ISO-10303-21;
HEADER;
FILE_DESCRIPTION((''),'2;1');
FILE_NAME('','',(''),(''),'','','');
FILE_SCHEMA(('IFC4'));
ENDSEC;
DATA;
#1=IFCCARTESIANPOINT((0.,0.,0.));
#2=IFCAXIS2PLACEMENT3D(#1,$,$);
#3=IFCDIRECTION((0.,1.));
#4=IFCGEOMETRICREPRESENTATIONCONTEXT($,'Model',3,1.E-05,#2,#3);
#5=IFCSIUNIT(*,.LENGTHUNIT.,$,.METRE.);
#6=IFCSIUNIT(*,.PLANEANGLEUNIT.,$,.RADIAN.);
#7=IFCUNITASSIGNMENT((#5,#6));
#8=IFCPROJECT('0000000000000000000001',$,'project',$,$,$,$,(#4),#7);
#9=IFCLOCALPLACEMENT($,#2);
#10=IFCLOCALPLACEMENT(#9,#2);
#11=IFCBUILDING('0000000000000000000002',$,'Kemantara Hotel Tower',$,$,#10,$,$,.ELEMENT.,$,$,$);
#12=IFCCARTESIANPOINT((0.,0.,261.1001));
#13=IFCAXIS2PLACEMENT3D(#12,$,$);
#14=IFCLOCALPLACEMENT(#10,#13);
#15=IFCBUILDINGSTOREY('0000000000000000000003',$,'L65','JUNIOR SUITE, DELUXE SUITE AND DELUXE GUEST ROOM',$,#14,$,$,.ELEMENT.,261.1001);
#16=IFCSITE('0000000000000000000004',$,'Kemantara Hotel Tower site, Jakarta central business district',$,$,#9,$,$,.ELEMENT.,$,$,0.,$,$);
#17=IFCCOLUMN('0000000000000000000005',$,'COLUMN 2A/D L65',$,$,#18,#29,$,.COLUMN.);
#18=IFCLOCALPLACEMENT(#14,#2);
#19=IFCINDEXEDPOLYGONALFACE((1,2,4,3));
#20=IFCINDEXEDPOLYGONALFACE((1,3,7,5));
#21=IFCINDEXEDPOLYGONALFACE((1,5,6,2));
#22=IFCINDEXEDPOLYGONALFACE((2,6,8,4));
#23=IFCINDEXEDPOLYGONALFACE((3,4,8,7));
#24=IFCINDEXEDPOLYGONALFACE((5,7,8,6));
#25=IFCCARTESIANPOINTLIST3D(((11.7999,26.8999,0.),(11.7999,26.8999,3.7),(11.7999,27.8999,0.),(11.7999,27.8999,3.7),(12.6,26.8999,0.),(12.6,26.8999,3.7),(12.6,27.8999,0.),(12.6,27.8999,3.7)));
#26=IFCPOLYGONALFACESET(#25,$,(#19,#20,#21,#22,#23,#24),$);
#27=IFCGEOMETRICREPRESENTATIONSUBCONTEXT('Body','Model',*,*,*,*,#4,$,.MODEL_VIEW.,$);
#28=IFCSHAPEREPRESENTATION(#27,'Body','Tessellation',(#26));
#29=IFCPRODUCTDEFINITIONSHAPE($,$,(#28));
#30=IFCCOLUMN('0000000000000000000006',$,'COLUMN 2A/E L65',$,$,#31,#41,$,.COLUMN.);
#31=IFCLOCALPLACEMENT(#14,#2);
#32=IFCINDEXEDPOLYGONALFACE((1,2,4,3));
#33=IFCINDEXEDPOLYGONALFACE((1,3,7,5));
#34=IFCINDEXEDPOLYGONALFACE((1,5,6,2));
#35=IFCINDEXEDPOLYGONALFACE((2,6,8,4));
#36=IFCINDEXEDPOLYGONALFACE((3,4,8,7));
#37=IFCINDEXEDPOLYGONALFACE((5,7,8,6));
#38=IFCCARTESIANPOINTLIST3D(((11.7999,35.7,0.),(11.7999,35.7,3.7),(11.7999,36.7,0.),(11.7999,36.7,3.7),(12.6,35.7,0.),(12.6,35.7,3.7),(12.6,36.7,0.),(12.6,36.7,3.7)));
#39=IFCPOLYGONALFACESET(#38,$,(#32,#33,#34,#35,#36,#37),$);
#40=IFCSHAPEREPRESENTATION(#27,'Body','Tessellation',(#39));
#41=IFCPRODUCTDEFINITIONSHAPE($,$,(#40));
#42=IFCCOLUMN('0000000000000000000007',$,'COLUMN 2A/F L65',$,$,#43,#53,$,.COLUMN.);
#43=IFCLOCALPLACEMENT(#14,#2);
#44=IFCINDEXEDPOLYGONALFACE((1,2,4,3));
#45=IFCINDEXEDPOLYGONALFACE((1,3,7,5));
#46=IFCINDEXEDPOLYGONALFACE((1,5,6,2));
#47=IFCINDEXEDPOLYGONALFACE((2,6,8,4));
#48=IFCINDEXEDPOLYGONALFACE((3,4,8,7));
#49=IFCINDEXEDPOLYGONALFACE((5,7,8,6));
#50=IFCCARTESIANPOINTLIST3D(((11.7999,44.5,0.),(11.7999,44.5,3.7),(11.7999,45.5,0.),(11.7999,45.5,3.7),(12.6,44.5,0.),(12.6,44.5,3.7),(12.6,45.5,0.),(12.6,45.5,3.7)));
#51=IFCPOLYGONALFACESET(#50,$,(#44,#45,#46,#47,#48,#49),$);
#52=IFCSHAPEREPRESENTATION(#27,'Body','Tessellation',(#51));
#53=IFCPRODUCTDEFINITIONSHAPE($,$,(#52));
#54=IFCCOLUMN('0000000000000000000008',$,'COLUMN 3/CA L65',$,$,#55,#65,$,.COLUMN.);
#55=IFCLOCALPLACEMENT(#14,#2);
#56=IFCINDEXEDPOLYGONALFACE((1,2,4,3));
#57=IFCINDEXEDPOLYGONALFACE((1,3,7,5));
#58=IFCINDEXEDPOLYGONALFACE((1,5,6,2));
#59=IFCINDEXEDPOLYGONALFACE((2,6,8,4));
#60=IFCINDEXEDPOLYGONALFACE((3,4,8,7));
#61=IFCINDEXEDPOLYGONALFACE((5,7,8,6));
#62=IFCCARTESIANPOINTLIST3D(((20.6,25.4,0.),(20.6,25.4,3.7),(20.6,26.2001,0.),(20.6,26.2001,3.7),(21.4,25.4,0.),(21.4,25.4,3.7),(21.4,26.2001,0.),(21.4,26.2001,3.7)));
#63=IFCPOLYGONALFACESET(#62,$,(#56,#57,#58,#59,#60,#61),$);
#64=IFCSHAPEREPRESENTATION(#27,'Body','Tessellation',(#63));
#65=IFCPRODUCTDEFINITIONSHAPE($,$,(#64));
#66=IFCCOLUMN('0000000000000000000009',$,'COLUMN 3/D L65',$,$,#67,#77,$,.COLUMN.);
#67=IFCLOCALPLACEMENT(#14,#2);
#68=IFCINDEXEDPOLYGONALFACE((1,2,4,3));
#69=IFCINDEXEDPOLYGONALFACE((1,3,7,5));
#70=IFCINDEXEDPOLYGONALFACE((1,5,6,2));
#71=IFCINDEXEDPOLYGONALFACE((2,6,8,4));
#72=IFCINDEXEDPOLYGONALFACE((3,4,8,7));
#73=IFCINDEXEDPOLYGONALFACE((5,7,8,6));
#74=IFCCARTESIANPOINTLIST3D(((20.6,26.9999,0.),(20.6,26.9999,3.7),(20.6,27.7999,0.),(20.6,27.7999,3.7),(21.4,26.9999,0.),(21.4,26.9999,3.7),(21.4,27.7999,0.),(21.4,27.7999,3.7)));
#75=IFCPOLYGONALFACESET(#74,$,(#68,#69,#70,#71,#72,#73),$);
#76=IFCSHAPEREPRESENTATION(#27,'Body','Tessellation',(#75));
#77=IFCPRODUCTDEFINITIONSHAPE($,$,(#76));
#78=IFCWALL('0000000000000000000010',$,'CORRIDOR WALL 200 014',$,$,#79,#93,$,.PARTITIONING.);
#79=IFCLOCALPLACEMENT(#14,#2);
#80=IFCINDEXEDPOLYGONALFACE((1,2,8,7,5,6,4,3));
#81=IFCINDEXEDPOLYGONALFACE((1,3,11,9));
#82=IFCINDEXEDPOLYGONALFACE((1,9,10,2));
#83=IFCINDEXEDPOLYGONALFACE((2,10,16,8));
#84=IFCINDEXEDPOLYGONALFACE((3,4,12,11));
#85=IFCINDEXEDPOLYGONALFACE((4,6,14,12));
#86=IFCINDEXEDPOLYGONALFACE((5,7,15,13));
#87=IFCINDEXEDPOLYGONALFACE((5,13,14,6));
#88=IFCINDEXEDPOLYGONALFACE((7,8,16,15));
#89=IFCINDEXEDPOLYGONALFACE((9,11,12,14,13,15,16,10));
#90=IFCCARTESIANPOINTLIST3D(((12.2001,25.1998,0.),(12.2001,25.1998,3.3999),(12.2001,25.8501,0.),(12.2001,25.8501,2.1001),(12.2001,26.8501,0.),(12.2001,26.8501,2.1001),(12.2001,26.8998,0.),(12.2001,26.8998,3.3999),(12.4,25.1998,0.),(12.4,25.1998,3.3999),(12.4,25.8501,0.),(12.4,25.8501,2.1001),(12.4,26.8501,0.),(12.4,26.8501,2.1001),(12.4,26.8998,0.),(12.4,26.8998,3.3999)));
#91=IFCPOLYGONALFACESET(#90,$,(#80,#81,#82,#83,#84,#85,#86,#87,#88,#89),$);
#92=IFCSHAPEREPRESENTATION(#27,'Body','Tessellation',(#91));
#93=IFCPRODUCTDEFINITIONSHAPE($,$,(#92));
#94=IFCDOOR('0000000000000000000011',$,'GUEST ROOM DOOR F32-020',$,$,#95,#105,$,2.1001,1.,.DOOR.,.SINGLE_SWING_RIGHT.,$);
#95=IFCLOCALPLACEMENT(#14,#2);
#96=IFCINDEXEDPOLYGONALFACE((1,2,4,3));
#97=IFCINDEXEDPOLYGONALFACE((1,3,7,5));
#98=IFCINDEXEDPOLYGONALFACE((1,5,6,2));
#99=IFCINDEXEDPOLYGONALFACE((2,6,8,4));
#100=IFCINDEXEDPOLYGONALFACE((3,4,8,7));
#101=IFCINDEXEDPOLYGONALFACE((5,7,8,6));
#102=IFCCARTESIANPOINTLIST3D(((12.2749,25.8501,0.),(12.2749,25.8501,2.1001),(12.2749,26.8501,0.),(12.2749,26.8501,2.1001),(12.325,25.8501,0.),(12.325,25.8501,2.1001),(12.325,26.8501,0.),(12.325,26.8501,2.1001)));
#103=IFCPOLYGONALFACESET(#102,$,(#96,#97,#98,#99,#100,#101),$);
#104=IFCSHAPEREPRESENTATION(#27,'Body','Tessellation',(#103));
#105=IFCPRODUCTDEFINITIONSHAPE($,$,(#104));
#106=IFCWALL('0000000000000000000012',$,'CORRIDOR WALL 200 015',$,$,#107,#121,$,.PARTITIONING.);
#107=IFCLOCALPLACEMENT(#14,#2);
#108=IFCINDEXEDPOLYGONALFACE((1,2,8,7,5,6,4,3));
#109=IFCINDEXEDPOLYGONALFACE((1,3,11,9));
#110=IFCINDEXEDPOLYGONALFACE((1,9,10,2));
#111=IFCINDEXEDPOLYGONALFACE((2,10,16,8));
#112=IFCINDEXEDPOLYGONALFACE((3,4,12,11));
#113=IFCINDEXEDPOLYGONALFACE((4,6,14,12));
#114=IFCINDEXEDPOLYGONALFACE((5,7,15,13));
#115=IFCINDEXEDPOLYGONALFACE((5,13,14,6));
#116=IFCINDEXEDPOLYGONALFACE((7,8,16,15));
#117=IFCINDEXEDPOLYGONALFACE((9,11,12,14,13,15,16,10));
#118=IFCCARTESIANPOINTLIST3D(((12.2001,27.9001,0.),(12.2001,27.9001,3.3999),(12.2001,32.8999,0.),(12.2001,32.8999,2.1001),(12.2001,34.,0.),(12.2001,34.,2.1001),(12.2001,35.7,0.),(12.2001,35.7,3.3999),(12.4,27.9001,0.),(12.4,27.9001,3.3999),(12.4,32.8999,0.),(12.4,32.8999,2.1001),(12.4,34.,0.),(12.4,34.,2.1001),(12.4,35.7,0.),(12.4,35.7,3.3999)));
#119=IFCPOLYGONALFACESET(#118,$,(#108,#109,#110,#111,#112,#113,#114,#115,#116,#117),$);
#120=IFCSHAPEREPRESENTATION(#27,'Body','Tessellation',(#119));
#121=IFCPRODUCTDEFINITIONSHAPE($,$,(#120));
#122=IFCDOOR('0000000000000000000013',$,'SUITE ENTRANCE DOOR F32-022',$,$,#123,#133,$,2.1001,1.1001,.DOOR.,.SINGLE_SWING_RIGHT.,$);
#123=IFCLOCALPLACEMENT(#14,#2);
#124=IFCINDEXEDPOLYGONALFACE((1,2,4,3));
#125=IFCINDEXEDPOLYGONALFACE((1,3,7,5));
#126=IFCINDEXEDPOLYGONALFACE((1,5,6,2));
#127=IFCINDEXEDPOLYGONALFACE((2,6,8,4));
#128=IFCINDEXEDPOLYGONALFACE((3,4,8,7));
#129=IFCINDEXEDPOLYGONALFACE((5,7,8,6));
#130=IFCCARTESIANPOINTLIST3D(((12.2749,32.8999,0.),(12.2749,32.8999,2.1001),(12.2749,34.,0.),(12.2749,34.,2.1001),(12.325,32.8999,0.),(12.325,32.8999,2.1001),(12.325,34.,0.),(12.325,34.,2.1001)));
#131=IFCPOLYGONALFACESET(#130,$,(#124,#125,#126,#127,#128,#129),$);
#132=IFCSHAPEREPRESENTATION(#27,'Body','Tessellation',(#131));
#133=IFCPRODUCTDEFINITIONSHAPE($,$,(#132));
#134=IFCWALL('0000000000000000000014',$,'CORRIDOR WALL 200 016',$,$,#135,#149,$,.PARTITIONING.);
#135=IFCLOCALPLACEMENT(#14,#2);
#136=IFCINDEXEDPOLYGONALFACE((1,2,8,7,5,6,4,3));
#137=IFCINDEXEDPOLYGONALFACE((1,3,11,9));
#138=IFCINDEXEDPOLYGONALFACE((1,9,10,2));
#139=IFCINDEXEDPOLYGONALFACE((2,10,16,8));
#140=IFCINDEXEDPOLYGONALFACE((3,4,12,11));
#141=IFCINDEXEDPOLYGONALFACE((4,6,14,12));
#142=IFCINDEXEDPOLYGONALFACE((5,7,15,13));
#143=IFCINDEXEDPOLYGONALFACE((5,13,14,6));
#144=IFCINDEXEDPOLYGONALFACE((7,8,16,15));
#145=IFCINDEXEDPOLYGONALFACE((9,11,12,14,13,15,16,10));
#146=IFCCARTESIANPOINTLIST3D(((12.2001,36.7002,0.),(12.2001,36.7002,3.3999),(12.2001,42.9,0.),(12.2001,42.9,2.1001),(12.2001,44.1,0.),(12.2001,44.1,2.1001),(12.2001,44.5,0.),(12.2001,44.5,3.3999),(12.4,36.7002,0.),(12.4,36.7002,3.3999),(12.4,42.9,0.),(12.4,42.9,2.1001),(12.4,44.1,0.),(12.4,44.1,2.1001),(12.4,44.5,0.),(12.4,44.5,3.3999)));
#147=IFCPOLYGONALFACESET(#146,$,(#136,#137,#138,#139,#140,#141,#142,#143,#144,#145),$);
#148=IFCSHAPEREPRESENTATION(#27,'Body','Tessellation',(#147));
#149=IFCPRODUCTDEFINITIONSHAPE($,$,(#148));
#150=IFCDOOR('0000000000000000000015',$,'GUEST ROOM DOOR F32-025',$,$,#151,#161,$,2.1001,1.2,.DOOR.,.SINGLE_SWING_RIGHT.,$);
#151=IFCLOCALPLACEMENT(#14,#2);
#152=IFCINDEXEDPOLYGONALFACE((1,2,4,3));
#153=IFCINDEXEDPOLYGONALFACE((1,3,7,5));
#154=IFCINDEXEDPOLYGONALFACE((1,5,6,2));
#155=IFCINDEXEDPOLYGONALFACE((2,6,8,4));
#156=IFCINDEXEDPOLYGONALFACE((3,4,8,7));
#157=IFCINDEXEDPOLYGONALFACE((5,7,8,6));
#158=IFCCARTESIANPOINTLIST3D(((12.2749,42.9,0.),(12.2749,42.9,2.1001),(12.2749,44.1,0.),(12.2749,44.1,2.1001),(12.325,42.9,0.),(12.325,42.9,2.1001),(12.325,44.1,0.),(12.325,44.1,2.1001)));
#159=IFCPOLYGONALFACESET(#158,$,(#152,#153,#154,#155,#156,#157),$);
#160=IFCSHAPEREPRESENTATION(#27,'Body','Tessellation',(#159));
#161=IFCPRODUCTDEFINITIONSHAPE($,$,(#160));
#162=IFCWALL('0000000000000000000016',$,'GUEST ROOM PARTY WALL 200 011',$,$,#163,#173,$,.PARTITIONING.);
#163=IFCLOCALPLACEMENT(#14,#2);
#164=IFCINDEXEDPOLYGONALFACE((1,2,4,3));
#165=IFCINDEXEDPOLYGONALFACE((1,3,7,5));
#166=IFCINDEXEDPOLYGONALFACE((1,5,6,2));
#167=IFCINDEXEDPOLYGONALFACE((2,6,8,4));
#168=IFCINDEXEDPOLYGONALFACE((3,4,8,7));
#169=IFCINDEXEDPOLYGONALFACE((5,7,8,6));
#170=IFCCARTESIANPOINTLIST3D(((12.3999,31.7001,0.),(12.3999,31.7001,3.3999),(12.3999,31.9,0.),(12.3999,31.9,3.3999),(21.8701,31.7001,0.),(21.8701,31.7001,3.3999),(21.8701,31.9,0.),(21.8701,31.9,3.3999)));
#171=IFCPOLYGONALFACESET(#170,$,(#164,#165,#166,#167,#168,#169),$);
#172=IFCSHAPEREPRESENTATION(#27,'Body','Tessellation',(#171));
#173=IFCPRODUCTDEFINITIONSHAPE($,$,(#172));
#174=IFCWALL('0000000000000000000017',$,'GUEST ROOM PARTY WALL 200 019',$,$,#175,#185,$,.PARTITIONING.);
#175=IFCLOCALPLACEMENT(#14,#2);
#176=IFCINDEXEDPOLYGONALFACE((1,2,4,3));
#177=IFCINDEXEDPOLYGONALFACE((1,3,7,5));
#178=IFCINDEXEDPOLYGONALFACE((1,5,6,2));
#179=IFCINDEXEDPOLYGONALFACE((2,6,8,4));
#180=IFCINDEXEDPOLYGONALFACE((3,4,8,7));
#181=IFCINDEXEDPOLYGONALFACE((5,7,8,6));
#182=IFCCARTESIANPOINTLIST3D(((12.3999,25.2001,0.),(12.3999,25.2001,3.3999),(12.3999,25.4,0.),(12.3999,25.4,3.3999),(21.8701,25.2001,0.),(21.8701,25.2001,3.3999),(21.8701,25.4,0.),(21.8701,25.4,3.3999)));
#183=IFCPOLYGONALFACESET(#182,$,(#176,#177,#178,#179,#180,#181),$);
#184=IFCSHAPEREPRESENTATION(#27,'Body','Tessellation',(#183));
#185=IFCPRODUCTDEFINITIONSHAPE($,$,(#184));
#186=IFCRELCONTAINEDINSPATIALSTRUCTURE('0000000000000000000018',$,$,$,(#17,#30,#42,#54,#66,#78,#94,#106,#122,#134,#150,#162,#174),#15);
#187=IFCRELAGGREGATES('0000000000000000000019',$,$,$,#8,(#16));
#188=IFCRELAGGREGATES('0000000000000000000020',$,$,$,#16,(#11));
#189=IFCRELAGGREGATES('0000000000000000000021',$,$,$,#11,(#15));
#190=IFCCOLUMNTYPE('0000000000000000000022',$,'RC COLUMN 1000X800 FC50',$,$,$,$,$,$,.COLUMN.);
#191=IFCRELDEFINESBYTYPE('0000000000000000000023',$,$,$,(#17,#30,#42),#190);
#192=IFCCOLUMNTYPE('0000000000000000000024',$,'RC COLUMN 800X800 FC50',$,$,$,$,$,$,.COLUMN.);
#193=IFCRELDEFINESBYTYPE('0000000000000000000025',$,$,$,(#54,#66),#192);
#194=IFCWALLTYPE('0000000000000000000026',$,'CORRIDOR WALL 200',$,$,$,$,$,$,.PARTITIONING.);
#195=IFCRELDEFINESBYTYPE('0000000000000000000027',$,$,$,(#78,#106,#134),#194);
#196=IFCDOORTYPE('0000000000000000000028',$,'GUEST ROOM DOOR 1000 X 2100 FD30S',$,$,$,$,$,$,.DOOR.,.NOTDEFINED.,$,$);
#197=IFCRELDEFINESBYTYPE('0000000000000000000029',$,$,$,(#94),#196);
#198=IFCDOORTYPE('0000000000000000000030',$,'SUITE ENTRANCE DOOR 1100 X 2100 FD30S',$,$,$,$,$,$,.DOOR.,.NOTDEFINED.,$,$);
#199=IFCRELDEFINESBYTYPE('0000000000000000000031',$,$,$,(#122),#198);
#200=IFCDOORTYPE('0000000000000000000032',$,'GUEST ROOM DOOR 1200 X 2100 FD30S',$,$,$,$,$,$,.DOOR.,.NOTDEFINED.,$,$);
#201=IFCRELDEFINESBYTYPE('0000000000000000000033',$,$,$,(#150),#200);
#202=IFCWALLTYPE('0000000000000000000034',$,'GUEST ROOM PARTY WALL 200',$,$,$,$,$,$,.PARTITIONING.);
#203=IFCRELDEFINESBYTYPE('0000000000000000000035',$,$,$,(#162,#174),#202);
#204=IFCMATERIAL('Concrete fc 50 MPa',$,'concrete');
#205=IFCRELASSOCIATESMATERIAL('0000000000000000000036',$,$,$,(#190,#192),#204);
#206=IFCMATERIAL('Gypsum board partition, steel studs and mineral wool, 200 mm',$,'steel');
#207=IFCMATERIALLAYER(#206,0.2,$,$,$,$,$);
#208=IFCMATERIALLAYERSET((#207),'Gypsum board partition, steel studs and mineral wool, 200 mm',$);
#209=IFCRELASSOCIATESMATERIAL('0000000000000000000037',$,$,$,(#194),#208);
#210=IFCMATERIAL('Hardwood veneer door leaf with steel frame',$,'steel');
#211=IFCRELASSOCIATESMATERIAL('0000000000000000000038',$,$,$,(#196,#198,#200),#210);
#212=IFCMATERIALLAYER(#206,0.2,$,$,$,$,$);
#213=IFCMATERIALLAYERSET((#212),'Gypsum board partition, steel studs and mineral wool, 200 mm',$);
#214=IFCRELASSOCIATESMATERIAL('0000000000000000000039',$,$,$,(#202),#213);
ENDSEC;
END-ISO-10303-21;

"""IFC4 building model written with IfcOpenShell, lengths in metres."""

from ifc_helpers import new_model, si_unit, direction, frame, frame_2d, origin, origin_2d, place, context, subcontext, project, spatial, rectangle, extrude, material, layer, layer_set, material_profile, profile_set, type_object, element, fill, save


model = new_model("IFC4")

# Units and contexts
model_context = context("Model", 3, precision=1e-05, world=origin(), true_north=direction((0.0, 1.0)))
body_context = subcontext(model_context, "Body", "Model", "MODEL_VIEW")
ifc_project = project(units=[si_unit("LENGTHUNIT", "METRE"), si_unit("PLANEANGLEUNIT", "RADIAN")], contexts=[model_context])

# Site, building, storey
site_placement = place(None, origin())
site = spatial("IfcSite", under=ifc_project, at=site_placement, Name="Kemantara Hotel Tower site, Jakarta central business district", CompositionType="ELEMENT", RefElevation=0.0)
building_placement = place(site_placement, origin())
building = spatial("IfcBuilding", under=site, at=building_placement, Name="Kemantara Hotel Tower", CompositionType="ELEMENT")
storey_placement = place(building_placement, frame((0.0, 0.0, 261.1001)))
storey = spatial("IfcBuildingStorey", under=building, at=storey_placement, Name="L65", Description="JUNIOR SUITE, DELUXE SUITE AND DELUXE GUEST ROOM", CompositionType="ELEMENT", Elevation=261.1001)

# Columns
ifc_material_1 = material(Name="Concrete fc 50 MPa", Category="concrete")
ifc_material_profile_1 = material_profile(ifc_material_1, rectangle(XDim=1.0, YDim=0.8, at=origin_2d()), Name="RC 1000X800")
ifc_profile_set_1 = profile_set([ifc_material_profile_1], Name="Concrete fc 50 MPa")
column_type_1 = type_object("IfcColumnType", Name="RC COLUMN 1000X800 FC50", PredefinedType="COLUMN", material=ifc_profile_set_1)
for number, where, z_axis, x_axis, name in (
    (1, (12.2, 27.3999, 0.0), (0.0, 0.0, 1.0), (0.0, 1.0, 0.0), "COLUMN 2A/D L65"),
    (2, (12.2, 36.2, 0.0), (0.0, 0.0, 1.0), (0.0, 1.0, 0.0), "COLUMN 2A/E L65"),
    (3, (12.2, 45.0, 0.0), (0.0, 0.0, 1.0), (0.0, 1.0, 0.0), "COLUMN 2A/F L65"),
):
    element("IfcColumn", number, at=place(storey_placement, frame(where, z_axis=z_axis, x_axis=x_axis)), inside=storey, type_object=column_type_1, Name=name, PredefinedType="COLUMN", context=body_context, shape_type="SweptSolid", body=[
        extrude(rectangle(XDim=1.0, YDim=0.8, at=origin_2d()), origin(), (0.0, 0.0, 1.0), 3.7),
    ])
ifc_material_profile_2 = material_profile(ifc_material_1, rectangle(XDim=0.8, YDim=0.8, at=origin_2d()), Name="RC 800X800")
ifc_profile_set_2 = profile_set([ifc_material_profile_2], Name="Concrete fc 50 MPa")
column_type_2 = type_object("IfcColumnType", Name="RC COLUMN 800X800 FC50", PredefinedType="COLUMN", material=ifc_profile_set_2)
for number, where, z_axis, x_axis, name in (
    (4, (21.0, 25.8, 0.0), (0.0, 0.0, 1.0), (1.0, 0.0, 0.0), "COLUMN 3/CA L65"),
    (5, (21.0, 27.3999, 0.0), (0.0, 0.0, 1.0), (1.0, 0.0, 0.0), "COLUMN 3/D L65"),
):
    element("IfcColumn", number, at=place(storey_placement, frame(where, z_axis=z_axis, x_axis=x_axis)), inside=storey, type_object=column_type_2, Name=name, PredefinedType="COLUMN", context=body_context, shape_type="SweptSolid", body=[
        extrude(rectangle(XDim=0.8, YDim=0.8, at=origin_2d()), origin(), (0.0, 0.0, 1.0), 3.7),
    ])

# Walls, openings, doors
ifc_material_2 = material(Name="Gypsum board partition, steel studs and mineral wool, 200 mm", Category="steel")
ifc_layer_1 = layer(ifc_material_2, 0.2)
ifc_layer_set_1 = layer_set([ifc_layer_1], Name="Gypsum board partition, steel studs and mineral wool, 200 mm")
wall_type_1 = type_object("IfcWallType", Name="CORRIDOR WALL 200", PredefinedType="PARTITIONING", material=ifc_layer_set_1)
wall_1_placement = place(storey_placement, frame((12.3, 26.8999, 0.0), z_axis=(0.0, 0.0, 1.0), x_axis=(0.0, -1.0, 0.0)))
wall_1 = element("IfcWall", 6, at=wall_1_placement, inside=storey, type_object=wall_type_1, Name="CORRIDOR WALL 200 014", PredefinedType="PARTITIONING", context=body_context, shape_type="SweptSolid", body=[
    extrude(rectangle(XDim=1.7, YDim=0.2, at=frame_2d((0.8501, 0.0))), origin(), (0.0, 0.0, 1.0), 3.3999),
])
opening_1_placement = place(wall_1_placement, frame((0.0498, 0.0, 0.0)))
opening_1 = element("IfcOpeningElement", 7, at=opening_1_placement, cuts=wall_1, PredefinedType="OPENING", context=body_context, shape_type="SweptSolid", body=[
    extrude(rectangle(XDim=1.0, YDim=2.1001, at=frame_2d((0.5, 1.05))), frame((0.0, 0.1099, 0.0), z_axis=(0.0, -1.0, 0.0), x_axis=(1.0, 0.0, 0.0)), (0.0, 0.0, 1.0), 0.22),
])
ifc_material_3 = material(Name="Hardwood veneer door leaf with steel frame", Category="steel")
door_type_1 = type_object("IfcDoorType", Name="GUEST ROOM DOOR 1000 X 2100 FD30S", OperationType="NOTDEFINED", PredefinedType="DOOR", material=ifc_material_3)
door_1_placement = place(opening_1_placement, origin())
door_1 = element("IfcDoor", 8, at=door_1_placement, inside=storey, type_object=door_type_1, Name="GUEST ROOM DOOR F32-020", OperationType="SINGLE_SWING_RIGHT", OverallHeight=2.1001, OverallWidth=1.0, PredefinedType="DOOR", context=body_context, shape_type="SweptSolid", body=[
    extrude(rectangle(XDim=1.0, YDim=2.1001, at=frame_2d((0.5, 1.05))), frame((0.0, 0.0249, 0.0), z_axis=(0.0, -1.0, 0.0), x_axis=(1.0, 0.0, 0.0)), (0.0, 0.0, 1.0), 0.05),
])
fill(opening_1, door_1)
wall_2_placement = place(storey_placement, frame((12.3, 35.7, 0.0), z_axis=(0.0, 0.0, 1.0), x_axis=(0.0, -1.0, 0.0)))
wall_2 = element("IfcWall", 9, at=wall_2_placement, inside=storey, type_object=wall_type_1, Name="CORRIDOR WALL 200 015", PredefinedType="PARTITIONING", context=body_context, shape_type="SweptSolid", body=[
    extrude(rectangle(XDim=7.7998, YDim=0.2, at=frame_2d((3.8999, 0.0))), origin(), (0.0, 0.0, 1.0), 3.3999),
])
opening_2_placement = place(wall_2_placement, frame((1.7, 0.0, 0.0)))
opening_2 = element("IfcOpeningElement", 10, at=opening_2_placement, cuts=wall_2, PredefinedType="OPENING", context=body_context, shape_type="SweptSolid", body=[
    extrude(rectangle(XDim=1.1001, YDim=2.1001, at=frame_2d((0.55, 1.05))), frame((0.0, 0.1099, 0.0), z_axis=(0.0, -1.0, 0.0), x_axis=(1.0, 0.0, 0.0)), (0.0, 0.0, 1.0), 0.22),
])
door_type_2 = type_object("IfcDoorType", Name="SUITE ENTRANCE DOOR 1100 X 2100 FD30S", OperationType="NOTDEFINED", PredefinedType="DOOR", material=ifc_material_3)
door_2_placement = place(opening_2_placement, origin())
door_2 = element("IfcDoor", 11, at=door_2_placement, inside=storey, type_object=door_type_2, Name="SUITE ENTRANCE DOOR F32-022", OperationType="SINGLE_SWING_RIGHT", OverallHeight=2.1001, OverallWidth=1.1001, PredefinedType="DOOR", context=body_context, shape_type="SweptSolid", body=[
    extrude(rectangle(XDim=1.1001, YDim=2.1001, at=frame_2d((0.55, 1.05))), frame((0.0, 0.0249, 0.0), z_axis=(0.0, -1.0, 0.0), x_axis=(1.0, 0.0, 0.0)), (0.0, 0.0, 1.0), 0.05),
])
fill(opening_2, door_2)
wall_3_placement = place(storey_placement, frame((12.3, 44.5, 0.0), z_axis=(0.0, 0.0, 1.0), x_axis=(0.0, -1.0, 0.0)))
wall_3 = element("IfcWall", 12, at=wall_3_placement, inside=storey, type_object=wall_type_1, Name="CORRIDOR WALL 200 016", PredefinedType="PARTITIONING", context=body_context, shape_type="SweptSolid", body=[
    extrude(rectangle(XDim=7.7998, YDim=0.2, at=frame_2d((3.8999, 0.0))), origin(), (0.0, 0.0, 1.0), 3.3999),
])
opening_3_placement = place(wall_3_placement, frame((0.3999, 0.0, 0.0)))
opening_3 = element("IfcOpeningElement", 13, at=opening_3_placement, cuts=wall_3, PredefinedType="OPENING", context=body_context, shape_type="SweptSolid", body=[
    extrude(rectangle(XDim=1.2, YDim=2.1001, at=frame_2d((0.6001, 1.05))), frame((0.0, 0.1099, 0.0), z_axis=(0.0, -1.0, 0.0), x_axis=(1.0, 0.0, 0.0)), (0.0, 0.0, 1.0), 0.22),
])
door_type_3 = type_object("IfcDoorType", Name="GUEST ROOM DOOR 1200 X 2100 FD30S", OperationType="NOTDEFINED", PredefinedType="DOOR", material=ifc_material_3)
door_3_placement = place(opening_3_placement, origin())
door_3 = element("IfcDoor", 14, at=door_3_placement, inside=storey, type_object=door_type_3, Name="GUEST ROOM DOOR F32-025", OperationType="SINGLE_SWING_RIGHT", OverallHeight=2.1001, OverallWidth=1.2, PredefinedType="DOOR", context=body_context, shape_type="SweptSolid", body=[
    extrude(rectangle(XDim=1.2, YDim=2.1001, at=frame_2d((0.6001, 1.05))), frame((0.0, 0.0249, 0.0), z_axis=(0.0, -1.0, 0.0), x_axis=(1.0, 0.0, 0.0)), (0.0, 0.0, 1.0), 0.05),
])
fill(opening_3, door_3)

# Walls
ifc_layer_2 = layer(ifc_material_2, 0.2)
ifc_layer_set_2 = layer_set([ifc_layer_2], Name="Gypsum board partition, steel studs and mineral wool, 200 mm")
wall_type_2 = type_object("IfcWallType", Name="GUEST ROOM PARTY WALL 200", PredefinedType="PARTITIONING", material=ifc_layer_set_2)
for number, where, z_axis, x_axis, name in (
    (15, (12.3999, 31.8, 0.0), (0.0, 0.0, 1.0), (1.0, 0.0, 0.0), "GUEST ROOM PARTY WALL 200 011"),
    (16, (12.3999, 25.3, 0.0), (0.0, 0.0, 1.0), (1.0, 0.0, 0.0), "GUEST ROOM PARTY WALL 200 019"),
):
    element("IfcWall", number, at=place(storey_placement, frame(where, z_axis=z_axis, x_axis=x_axis)), inside=storey, type_object=wall_type_2, Name=name, PredefinedType="PARTITIONING", context=body_context, shape_type="SweptSolid", body=[
        extrude(rectangle(XDim=9.4702, YDim=0.2, at=frame_2d((4.7351, 0.0))), origin(), (0.0, 0.0, 1.0), 3.3999),
    ])

save(model, "model.ifc")
